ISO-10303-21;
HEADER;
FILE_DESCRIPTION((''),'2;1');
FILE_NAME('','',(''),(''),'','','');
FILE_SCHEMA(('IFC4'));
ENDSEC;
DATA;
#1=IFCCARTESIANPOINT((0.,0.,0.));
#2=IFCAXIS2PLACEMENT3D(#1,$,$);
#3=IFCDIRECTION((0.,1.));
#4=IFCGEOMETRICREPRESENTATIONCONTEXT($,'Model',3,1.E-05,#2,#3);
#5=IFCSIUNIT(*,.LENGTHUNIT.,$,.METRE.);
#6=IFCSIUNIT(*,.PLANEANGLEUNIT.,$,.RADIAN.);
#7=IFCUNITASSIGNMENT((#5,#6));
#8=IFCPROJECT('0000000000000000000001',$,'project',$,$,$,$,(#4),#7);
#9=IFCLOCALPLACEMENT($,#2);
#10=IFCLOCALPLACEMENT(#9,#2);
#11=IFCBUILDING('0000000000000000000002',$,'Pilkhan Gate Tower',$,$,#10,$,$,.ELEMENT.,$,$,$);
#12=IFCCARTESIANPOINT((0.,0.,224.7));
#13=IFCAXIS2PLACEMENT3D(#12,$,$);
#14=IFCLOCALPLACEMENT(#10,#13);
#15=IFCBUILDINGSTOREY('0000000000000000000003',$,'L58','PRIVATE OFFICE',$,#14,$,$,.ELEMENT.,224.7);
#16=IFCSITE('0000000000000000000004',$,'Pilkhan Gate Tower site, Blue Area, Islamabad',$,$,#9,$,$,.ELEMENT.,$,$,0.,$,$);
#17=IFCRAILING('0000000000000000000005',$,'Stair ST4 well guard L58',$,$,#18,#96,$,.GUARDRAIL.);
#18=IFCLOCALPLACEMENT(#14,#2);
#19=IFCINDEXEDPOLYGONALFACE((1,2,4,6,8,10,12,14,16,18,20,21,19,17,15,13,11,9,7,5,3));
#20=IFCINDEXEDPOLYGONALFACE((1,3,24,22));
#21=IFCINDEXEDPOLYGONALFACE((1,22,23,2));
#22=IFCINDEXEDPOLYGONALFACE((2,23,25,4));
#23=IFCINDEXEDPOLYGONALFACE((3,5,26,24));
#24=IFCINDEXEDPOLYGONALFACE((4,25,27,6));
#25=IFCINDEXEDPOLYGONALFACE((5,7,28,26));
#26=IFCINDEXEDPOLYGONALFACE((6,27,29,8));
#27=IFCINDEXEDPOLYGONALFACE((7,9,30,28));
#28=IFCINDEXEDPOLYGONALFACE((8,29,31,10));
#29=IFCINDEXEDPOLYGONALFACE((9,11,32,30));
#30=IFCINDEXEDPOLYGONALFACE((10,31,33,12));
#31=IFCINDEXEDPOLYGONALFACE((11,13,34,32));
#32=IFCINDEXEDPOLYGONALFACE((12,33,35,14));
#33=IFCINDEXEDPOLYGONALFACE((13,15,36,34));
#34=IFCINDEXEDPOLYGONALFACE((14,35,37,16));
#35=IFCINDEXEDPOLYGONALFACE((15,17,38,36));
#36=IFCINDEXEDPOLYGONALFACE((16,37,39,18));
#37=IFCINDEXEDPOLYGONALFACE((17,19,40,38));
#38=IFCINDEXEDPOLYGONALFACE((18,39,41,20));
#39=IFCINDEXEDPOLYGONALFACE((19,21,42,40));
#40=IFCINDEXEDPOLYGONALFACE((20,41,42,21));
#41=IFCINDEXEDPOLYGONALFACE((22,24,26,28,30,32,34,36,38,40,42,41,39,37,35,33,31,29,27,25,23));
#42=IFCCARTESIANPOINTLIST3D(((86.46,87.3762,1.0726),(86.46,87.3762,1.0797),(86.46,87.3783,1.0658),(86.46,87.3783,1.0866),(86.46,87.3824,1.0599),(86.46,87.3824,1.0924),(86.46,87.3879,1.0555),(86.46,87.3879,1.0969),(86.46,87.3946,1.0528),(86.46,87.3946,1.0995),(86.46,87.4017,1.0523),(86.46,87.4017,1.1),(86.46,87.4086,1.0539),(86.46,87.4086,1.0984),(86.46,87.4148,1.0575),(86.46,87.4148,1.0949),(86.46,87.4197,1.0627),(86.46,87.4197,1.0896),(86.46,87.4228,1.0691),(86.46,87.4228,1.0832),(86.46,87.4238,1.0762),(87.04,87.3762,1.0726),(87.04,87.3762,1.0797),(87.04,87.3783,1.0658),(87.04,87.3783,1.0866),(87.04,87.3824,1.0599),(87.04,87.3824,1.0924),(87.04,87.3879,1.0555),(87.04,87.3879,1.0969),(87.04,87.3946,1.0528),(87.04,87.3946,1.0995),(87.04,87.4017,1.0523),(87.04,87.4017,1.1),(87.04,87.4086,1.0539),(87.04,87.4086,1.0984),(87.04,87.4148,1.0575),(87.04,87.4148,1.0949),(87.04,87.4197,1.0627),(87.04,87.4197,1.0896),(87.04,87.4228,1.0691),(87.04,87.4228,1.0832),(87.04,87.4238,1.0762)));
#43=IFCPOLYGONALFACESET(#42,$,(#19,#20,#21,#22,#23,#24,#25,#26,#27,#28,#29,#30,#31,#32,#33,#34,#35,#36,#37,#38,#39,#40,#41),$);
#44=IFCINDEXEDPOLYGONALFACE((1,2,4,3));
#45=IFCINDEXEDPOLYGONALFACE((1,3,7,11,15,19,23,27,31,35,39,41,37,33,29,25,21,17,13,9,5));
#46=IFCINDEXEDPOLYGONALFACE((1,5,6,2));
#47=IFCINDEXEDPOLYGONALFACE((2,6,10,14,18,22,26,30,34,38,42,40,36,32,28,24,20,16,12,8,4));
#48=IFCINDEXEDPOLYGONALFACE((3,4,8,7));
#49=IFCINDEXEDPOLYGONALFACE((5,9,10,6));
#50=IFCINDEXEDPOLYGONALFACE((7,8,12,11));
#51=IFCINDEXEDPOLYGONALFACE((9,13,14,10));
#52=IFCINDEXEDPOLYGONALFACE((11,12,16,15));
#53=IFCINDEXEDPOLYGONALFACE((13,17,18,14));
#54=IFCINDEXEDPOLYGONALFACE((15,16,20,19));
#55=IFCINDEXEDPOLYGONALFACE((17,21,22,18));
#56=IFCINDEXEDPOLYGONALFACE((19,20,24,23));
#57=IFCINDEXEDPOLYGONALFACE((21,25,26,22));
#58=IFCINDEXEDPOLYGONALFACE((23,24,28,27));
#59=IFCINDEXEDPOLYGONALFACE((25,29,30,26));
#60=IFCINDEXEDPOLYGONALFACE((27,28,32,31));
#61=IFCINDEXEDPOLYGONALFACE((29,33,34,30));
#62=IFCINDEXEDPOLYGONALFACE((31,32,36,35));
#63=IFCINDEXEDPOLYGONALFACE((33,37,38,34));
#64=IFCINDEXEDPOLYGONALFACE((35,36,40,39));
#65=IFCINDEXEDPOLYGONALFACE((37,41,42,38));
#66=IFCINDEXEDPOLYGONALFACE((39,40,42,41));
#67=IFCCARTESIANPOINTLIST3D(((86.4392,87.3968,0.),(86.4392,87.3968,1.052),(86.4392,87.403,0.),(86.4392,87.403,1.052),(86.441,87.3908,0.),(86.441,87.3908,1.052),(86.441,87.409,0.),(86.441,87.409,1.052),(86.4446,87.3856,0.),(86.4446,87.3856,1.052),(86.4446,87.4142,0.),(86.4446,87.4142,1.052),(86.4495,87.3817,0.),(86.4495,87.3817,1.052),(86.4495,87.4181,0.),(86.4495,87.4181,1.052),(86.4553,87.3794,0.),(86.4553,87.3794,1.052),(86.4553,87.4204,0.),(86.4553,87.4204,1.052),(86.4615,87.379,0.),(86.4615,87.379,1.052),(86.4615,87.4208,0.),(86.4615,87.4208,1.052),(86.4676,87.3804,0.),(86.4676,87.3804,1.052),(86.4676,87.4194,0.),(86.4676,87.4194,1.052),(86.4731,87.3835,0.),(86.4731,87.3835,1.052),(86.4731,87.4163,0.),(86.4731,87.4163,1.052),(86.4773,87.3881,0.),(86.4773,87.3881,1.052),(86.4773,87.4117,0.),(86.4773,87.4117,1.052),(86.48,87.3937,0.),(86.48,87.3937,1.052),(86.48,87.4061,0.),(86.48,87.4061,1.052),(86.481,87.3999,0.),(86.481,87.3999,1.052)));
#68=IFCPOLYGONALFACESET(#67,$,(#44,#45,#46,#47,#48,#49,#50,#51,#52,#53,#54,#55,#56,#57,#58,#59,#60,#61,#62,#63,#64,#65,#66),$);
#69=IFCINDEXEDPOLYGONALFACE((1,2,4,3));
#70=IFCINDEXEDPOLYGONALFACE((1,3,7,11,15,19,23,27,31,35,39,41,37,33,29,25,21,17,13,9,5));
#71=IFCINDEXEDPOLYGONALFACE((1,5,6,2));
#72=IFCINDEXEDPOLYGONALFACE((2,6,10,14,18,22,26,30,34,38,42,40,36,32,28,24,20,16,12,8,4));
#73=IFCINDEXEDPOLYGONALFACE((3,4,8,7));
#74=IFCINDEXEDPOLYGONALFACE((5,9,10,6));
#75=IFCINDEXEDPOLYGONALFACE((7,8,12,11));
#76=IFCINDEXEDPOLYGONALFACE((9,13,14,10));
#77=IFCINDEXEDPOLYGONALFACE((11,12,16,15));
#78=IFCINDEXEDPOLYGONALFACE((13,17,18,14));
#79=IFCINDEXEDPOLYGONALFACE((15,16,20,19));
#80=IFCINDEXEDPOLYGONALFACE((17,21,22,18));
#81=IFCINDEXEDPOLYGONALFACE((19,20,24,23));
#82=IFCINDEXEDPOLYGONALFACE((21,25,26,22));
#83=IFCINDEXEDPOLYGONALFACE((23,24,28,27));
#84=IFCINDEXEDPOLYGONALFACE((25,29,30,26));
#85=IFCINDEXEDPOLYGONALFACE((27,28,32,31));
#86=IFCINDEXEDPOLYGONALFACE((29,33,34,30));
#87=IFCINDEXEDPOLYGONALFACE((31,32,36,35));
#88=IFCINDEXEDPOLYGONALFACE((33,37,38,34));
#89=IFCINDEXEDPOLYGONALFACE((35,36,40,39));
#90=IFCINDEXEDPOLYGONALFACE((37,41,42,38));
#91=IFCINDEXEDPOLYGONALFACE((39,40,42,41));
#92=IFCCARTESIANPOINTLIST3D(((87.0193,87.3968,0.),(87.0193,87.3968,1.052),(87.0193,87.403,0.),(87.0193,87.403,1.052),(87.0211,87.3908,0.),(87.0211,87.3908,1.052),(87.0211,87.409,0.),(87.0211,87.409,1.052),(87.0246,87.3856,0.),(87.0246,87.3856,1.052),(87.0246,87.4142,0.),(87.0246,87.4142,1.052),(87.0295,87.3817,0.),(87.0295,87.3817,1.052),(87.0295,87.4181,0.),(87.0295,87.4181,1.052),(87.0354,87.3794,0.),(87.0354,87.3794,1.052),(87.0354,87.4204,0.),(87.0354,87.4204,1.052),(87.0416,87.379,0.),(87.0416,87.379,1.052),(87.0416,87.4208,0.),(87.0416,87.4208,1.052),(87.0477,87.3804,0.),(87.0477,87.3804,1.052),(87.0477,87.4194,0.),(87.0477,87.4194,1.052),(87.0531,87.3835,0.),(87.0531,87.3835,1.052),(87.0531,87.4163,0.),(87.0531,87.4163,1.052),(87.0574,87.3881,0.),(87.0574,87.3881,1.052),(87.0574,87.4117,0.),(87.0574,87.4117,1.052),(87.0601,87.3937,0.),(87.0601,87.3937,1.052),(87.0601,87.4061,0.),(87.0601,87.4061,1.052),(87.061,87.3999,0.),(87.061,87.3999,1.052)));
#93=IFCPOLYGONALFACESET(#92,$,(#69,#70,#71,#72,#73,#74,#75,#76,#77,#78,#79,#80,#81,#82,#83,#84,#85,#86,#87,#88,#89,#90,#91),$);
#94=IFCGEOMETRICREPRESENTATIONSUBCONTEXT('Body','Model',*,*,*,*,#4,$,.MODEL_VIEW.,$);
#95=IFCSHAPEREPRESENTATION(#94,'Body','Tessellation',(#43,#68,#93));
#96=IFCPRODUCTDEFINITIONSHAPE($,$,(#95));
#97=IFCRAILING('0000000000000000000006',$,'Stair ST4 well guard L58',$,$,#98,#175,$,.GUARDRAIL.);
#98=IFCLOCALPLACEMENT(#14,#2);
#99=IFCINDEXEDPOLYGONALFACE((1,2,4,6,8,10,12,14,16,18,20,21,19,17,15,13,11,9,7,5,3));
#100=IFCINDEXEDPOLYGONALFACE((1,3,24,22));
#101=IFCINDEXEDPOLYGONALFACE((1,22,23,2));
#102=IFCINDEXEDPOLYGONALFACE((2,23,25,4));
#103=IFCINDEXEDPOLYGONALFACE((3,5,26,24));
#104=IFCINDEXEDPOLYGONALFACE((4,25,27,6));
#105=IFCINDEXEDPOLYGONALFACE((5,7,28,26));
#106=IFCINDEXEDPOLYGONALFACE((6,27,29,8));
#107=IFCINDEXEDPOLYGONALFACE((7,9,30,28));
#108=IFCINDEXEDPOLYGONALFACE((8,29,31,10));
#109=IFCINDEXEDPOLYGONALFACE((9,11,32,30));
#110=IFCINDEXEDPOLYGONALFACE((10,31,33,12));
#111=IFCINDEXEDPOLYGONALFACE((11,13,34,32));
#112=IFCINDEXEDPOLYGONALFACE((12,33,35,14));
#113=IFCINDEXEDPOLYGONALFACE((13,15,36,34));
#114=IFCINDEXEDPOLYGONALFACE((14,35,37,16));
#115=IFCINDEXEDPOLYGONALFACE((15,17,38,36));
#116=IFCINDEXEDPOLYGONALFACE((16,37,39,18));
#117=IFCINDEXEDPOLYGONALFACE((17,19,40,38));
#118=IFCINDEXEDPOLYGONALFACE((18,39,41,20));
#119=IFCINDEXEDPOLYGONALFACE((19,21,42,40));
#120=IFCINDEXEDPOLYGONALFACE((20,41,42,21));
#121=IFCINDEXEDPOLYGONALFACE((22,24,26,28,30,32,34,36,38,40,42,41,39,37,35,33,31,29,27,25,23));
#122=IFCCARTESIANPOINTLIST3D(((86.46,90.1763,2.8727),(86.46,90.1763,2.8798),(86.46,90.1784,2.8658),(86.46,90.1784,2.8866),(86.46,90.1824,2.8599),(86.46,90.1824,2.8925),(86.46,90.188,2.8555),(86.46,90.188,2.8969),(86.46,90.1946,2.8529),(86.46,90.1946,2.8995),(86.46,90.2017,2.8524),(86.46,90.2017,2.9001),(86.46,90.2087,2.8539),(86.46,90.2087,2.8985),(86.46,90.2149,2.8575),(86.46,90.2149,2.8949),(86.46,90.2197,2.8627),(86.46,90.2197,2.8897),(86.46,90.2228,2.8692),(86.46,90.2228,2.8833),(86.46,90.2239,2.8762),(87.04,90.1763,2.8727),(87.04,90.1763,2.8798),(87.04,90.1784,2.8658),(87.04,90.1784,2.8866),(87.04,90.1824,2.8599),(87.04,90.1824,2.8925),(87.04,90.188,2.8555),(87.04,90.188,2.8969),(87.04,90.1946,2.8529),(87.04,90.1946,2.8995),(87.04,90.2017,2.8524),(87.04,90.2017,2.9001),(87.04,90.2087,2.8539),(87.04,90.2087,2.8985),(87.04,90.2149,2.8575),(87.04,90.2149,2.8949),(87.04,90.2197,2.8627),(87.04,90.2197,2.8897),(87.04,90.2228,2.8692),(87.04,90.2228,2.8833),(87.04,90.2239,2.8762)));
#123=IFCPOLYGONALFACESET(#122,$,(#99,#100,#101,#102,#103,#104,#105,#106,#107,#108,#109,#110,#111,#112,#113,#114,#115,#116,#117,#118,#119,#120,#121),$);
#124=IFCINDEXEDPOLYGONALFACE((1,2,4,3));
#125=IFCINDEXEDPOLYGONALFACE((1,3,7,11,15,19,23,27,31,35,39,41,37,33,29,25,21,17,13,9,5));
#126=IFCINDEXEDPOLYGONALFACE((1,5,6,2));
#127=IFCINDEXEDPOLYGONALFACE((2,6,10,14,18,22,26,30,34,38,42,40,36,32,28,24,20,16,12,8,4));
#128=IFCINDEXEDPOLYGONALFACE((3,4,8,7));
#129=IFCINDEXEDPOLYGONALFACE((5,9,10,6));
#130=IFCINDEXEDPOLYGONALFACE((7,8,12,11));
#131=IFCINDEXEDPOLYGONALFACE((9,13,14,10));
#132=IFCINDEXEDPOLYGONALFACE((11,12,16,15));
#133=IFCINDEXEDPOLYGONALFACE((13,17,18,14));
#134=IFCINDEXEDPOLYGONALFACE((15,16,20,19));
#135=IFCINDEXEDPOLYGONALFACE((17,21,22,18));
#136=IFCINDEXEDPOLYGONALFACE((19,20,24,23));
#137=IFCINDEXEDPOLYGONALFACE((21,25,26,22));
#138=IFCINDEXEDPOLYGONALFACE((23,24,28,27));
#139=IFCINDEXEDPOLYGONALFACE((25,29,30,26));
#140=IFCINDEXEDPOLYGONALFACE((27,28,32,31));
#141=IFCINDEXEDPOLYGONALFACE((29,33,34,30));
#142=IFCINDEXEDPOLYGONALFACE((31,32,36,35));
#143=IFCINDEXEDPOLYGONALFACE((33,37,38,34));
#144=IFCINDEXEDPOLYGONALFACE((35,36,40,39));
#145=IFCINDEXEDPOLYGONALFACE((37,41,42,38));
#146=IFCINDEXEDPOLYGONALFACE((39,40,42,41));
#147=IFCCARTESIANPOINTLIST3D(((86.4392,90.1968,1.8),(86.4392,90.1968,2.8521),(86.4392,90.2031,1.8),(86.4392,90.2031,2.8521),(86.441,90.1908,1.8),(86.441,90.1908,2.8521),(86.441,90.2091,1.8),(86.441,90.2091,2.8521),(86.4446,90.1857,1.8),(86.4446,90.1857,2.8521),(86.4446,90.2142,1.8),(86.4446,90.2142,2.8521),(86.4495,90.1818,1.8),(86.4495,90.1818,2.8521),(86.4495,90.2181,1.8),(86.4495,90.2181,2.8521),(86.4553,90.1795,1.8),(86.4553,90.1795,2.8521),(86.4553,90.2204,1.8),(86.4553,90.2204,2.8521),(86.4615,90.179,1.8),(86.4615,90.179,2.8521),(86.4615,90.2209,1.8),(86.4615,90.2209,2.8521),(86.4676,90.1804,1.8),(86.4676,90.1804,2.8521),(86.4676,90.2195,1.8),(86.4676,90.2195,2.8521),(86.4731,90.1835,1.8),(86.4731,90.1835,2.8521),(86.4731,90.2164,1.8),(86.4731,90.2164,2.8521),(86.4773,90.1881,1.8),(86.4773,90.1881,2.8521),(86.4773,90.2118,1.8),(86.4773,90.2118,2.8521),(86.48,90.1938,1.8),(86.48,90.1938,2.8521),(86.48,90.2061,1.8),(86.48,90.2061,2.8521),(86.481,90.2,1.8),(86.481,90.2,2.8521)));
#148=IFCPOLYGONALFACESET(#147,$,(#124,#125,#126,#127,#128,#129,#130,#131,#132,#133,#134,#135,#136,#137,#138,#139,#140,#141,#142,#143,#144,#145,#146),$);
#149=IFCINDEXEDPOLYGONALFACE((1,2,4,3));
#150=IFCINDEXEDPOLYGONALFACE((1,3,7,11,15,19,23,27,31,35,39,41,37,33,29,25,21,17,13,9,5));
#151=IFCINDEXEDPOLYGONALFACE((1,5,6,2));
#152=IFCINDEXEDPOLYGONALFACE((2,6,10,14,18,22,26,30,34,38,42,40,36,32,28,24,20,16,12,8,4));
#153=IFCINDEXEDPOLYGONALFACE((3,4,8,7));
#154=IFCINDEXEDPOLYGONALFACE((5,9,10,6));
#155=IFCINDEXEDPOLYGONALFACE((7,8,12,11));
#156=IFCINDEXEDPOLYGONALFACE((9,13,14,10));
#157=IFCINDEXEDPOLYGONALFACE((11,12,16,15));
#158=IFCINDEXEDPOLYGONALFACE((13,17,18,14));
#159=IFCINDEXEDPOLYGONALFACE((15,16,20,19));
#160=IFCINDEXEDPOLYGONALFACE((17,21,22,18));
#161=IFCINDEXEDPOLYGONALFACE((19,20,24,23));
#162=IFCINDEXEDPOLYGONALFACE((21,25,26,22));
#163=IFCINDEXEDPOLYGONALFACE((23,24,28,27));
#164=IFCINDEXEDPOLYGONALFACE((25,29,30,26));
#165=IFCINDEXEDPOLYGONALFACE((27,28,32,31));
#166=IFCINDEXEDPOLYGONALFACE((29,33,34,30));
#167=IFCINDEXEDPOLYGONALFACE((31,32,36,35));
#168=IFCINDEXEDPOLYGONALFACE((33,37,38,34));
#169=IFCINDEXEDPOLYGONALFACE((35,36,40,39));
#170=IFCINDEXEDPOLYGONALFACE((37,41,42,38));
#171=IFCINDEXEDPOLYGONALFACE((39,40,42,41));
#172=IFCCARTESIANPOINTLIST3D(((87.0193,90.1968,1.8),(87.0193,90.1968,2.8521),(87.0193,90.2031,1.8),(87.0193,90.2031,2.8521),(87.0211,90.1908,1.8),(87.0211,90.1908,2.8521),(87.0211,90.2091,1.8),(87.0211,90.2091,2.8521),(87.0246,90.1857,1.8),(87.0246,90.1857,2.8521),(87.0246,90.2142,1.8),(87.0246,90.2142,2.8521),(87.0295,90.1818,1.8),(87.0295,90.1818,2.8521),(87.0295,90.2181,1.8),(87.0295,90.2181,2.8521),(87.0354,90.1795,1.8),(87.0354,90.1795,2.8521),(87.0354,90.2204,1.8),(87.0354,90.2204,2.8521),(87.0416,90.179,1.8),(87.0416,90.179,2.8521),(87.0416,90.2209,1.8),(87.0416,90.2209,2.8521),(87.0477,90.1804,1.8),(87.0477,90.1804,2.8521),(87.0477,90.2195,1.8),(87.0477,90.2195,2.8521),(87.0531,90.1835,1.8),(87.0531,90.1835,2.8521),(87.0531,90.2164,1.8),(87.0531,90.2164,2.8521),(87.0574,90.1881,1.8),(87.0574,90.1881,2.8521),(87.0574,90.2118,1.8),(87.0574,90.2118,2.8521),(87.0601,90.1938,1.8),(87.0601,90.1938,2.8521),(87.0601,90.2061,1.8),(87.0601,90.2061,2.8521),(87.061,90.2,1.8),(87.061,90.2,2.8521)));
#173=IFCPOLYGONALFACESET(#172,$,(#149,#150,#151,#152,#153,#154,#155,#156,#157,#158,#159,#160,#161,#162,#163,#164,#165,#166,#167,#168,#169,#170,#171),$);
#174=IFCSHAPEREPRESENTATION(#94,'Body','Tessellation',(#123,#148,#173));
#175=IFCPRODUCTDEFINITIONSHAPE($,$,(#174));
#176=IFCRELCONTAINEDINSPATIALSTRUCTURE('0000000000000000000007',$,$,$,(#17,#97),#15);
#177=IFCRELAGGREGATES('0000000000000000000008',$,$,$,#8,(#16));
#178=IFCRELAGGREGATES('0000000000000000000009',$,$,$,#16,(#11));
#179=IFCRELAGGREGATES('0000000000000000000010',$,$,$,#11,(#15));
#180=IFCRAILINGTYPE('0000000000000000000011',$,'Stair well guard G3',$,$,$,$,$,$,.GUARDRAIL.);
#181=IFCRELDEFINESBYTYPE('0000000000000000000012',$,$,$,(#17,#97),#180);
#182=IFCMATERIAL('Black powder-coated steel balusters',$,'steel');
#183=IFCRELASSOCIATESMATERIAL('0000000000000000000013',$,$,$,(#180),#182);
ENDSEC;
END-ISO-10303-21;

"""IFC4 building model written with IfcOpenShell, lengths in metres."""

from ifc_helpers import new_model, si_unit, direction, frame, origin, origin_2d, place, context, subcontext, project, spatial, circle, extrude, material, type_object, element, save


model = new_model("IFC4")

# Units and contexts
model_context = context("Model", 3, precision=1e-05, world=origin(), true_north=direction((0.0, 1.0)))
body_context = subcontext(model_context, "Body", "Model", "MODEL_VIEW")
ifc_project = project(units=[si_unit("LENGTHUNIT", "METRE"), si_unit("PLANEANGLEUNIT", "RADIAN")], contexts=[model_context])

# Site, building, storey
site_placement = place(None, origin())
site = spatial("IfcSite", under=ifc_project, at=site_placement, Name="Pilkhan Gate Tower site, Blue Area, Islamabad", CompositionType="ELEMENT", RefElevation=0.0)
building_placement = place(site_placement, origin())
building = spatial("IfcBuilding", under=site, at=building_placement, Name="Pilkhan Gate Tower", CompositionType="ELEMENT")
storey_placement = place(building_placement, frame((0.0, 0.0, 224.7)))
storey = spatial("IfcBuildingStorey", under=building, at=storey_placement, Name="L58", Description="PRIVATE OFFICE", CompositionType="ELEMENT", Elevation=224.7)

# Railings
ifc_material_1 = material(Name="Black powder-coated steel balusters", Category="steel")
railing_type_1 = type_object("IfcRailingType", Name="Stair well guard G3", PredefinedType="GUARDRAIL", material=ifc_material_1)
for number, where, name in (
    (1, (86.46, 87.3999, 0.0), "Stair ST4 well guard L58"),
    (2, (86.46, 90.2, 1.8), "Stair ST4 well guard L58"),
):
    element("IfcRailing", number, at=place(storey_placement, frame(where)), inside=storey, type_object=railing_type_1, Name=name, PredefinedType="GUARDRAIL", context=body_context, shape_type="SweptSolid", body=[
        extrude(circle(Radius=0.0239, at=origin_2d()), frame((0.0, 0.0, 1.0762), z_axis=(1.0, 0.0, 0.0), x_axis=(0.0, 1.0, 0.0)), (0.0, 0.0, 1.0), 0.5801),
        extrude(circle(Radius=0.021, at=origin_2d()), origin(), (0.0, 0.0, 1.0), 1.052),
        extrude(circle(Radius=0.021, at=origin_2d()), frame((0.5801, 0.0, 0.0)), (0.0, 0.0, 1.0), 1.052),
    ])

save(model, "model.ifc")
